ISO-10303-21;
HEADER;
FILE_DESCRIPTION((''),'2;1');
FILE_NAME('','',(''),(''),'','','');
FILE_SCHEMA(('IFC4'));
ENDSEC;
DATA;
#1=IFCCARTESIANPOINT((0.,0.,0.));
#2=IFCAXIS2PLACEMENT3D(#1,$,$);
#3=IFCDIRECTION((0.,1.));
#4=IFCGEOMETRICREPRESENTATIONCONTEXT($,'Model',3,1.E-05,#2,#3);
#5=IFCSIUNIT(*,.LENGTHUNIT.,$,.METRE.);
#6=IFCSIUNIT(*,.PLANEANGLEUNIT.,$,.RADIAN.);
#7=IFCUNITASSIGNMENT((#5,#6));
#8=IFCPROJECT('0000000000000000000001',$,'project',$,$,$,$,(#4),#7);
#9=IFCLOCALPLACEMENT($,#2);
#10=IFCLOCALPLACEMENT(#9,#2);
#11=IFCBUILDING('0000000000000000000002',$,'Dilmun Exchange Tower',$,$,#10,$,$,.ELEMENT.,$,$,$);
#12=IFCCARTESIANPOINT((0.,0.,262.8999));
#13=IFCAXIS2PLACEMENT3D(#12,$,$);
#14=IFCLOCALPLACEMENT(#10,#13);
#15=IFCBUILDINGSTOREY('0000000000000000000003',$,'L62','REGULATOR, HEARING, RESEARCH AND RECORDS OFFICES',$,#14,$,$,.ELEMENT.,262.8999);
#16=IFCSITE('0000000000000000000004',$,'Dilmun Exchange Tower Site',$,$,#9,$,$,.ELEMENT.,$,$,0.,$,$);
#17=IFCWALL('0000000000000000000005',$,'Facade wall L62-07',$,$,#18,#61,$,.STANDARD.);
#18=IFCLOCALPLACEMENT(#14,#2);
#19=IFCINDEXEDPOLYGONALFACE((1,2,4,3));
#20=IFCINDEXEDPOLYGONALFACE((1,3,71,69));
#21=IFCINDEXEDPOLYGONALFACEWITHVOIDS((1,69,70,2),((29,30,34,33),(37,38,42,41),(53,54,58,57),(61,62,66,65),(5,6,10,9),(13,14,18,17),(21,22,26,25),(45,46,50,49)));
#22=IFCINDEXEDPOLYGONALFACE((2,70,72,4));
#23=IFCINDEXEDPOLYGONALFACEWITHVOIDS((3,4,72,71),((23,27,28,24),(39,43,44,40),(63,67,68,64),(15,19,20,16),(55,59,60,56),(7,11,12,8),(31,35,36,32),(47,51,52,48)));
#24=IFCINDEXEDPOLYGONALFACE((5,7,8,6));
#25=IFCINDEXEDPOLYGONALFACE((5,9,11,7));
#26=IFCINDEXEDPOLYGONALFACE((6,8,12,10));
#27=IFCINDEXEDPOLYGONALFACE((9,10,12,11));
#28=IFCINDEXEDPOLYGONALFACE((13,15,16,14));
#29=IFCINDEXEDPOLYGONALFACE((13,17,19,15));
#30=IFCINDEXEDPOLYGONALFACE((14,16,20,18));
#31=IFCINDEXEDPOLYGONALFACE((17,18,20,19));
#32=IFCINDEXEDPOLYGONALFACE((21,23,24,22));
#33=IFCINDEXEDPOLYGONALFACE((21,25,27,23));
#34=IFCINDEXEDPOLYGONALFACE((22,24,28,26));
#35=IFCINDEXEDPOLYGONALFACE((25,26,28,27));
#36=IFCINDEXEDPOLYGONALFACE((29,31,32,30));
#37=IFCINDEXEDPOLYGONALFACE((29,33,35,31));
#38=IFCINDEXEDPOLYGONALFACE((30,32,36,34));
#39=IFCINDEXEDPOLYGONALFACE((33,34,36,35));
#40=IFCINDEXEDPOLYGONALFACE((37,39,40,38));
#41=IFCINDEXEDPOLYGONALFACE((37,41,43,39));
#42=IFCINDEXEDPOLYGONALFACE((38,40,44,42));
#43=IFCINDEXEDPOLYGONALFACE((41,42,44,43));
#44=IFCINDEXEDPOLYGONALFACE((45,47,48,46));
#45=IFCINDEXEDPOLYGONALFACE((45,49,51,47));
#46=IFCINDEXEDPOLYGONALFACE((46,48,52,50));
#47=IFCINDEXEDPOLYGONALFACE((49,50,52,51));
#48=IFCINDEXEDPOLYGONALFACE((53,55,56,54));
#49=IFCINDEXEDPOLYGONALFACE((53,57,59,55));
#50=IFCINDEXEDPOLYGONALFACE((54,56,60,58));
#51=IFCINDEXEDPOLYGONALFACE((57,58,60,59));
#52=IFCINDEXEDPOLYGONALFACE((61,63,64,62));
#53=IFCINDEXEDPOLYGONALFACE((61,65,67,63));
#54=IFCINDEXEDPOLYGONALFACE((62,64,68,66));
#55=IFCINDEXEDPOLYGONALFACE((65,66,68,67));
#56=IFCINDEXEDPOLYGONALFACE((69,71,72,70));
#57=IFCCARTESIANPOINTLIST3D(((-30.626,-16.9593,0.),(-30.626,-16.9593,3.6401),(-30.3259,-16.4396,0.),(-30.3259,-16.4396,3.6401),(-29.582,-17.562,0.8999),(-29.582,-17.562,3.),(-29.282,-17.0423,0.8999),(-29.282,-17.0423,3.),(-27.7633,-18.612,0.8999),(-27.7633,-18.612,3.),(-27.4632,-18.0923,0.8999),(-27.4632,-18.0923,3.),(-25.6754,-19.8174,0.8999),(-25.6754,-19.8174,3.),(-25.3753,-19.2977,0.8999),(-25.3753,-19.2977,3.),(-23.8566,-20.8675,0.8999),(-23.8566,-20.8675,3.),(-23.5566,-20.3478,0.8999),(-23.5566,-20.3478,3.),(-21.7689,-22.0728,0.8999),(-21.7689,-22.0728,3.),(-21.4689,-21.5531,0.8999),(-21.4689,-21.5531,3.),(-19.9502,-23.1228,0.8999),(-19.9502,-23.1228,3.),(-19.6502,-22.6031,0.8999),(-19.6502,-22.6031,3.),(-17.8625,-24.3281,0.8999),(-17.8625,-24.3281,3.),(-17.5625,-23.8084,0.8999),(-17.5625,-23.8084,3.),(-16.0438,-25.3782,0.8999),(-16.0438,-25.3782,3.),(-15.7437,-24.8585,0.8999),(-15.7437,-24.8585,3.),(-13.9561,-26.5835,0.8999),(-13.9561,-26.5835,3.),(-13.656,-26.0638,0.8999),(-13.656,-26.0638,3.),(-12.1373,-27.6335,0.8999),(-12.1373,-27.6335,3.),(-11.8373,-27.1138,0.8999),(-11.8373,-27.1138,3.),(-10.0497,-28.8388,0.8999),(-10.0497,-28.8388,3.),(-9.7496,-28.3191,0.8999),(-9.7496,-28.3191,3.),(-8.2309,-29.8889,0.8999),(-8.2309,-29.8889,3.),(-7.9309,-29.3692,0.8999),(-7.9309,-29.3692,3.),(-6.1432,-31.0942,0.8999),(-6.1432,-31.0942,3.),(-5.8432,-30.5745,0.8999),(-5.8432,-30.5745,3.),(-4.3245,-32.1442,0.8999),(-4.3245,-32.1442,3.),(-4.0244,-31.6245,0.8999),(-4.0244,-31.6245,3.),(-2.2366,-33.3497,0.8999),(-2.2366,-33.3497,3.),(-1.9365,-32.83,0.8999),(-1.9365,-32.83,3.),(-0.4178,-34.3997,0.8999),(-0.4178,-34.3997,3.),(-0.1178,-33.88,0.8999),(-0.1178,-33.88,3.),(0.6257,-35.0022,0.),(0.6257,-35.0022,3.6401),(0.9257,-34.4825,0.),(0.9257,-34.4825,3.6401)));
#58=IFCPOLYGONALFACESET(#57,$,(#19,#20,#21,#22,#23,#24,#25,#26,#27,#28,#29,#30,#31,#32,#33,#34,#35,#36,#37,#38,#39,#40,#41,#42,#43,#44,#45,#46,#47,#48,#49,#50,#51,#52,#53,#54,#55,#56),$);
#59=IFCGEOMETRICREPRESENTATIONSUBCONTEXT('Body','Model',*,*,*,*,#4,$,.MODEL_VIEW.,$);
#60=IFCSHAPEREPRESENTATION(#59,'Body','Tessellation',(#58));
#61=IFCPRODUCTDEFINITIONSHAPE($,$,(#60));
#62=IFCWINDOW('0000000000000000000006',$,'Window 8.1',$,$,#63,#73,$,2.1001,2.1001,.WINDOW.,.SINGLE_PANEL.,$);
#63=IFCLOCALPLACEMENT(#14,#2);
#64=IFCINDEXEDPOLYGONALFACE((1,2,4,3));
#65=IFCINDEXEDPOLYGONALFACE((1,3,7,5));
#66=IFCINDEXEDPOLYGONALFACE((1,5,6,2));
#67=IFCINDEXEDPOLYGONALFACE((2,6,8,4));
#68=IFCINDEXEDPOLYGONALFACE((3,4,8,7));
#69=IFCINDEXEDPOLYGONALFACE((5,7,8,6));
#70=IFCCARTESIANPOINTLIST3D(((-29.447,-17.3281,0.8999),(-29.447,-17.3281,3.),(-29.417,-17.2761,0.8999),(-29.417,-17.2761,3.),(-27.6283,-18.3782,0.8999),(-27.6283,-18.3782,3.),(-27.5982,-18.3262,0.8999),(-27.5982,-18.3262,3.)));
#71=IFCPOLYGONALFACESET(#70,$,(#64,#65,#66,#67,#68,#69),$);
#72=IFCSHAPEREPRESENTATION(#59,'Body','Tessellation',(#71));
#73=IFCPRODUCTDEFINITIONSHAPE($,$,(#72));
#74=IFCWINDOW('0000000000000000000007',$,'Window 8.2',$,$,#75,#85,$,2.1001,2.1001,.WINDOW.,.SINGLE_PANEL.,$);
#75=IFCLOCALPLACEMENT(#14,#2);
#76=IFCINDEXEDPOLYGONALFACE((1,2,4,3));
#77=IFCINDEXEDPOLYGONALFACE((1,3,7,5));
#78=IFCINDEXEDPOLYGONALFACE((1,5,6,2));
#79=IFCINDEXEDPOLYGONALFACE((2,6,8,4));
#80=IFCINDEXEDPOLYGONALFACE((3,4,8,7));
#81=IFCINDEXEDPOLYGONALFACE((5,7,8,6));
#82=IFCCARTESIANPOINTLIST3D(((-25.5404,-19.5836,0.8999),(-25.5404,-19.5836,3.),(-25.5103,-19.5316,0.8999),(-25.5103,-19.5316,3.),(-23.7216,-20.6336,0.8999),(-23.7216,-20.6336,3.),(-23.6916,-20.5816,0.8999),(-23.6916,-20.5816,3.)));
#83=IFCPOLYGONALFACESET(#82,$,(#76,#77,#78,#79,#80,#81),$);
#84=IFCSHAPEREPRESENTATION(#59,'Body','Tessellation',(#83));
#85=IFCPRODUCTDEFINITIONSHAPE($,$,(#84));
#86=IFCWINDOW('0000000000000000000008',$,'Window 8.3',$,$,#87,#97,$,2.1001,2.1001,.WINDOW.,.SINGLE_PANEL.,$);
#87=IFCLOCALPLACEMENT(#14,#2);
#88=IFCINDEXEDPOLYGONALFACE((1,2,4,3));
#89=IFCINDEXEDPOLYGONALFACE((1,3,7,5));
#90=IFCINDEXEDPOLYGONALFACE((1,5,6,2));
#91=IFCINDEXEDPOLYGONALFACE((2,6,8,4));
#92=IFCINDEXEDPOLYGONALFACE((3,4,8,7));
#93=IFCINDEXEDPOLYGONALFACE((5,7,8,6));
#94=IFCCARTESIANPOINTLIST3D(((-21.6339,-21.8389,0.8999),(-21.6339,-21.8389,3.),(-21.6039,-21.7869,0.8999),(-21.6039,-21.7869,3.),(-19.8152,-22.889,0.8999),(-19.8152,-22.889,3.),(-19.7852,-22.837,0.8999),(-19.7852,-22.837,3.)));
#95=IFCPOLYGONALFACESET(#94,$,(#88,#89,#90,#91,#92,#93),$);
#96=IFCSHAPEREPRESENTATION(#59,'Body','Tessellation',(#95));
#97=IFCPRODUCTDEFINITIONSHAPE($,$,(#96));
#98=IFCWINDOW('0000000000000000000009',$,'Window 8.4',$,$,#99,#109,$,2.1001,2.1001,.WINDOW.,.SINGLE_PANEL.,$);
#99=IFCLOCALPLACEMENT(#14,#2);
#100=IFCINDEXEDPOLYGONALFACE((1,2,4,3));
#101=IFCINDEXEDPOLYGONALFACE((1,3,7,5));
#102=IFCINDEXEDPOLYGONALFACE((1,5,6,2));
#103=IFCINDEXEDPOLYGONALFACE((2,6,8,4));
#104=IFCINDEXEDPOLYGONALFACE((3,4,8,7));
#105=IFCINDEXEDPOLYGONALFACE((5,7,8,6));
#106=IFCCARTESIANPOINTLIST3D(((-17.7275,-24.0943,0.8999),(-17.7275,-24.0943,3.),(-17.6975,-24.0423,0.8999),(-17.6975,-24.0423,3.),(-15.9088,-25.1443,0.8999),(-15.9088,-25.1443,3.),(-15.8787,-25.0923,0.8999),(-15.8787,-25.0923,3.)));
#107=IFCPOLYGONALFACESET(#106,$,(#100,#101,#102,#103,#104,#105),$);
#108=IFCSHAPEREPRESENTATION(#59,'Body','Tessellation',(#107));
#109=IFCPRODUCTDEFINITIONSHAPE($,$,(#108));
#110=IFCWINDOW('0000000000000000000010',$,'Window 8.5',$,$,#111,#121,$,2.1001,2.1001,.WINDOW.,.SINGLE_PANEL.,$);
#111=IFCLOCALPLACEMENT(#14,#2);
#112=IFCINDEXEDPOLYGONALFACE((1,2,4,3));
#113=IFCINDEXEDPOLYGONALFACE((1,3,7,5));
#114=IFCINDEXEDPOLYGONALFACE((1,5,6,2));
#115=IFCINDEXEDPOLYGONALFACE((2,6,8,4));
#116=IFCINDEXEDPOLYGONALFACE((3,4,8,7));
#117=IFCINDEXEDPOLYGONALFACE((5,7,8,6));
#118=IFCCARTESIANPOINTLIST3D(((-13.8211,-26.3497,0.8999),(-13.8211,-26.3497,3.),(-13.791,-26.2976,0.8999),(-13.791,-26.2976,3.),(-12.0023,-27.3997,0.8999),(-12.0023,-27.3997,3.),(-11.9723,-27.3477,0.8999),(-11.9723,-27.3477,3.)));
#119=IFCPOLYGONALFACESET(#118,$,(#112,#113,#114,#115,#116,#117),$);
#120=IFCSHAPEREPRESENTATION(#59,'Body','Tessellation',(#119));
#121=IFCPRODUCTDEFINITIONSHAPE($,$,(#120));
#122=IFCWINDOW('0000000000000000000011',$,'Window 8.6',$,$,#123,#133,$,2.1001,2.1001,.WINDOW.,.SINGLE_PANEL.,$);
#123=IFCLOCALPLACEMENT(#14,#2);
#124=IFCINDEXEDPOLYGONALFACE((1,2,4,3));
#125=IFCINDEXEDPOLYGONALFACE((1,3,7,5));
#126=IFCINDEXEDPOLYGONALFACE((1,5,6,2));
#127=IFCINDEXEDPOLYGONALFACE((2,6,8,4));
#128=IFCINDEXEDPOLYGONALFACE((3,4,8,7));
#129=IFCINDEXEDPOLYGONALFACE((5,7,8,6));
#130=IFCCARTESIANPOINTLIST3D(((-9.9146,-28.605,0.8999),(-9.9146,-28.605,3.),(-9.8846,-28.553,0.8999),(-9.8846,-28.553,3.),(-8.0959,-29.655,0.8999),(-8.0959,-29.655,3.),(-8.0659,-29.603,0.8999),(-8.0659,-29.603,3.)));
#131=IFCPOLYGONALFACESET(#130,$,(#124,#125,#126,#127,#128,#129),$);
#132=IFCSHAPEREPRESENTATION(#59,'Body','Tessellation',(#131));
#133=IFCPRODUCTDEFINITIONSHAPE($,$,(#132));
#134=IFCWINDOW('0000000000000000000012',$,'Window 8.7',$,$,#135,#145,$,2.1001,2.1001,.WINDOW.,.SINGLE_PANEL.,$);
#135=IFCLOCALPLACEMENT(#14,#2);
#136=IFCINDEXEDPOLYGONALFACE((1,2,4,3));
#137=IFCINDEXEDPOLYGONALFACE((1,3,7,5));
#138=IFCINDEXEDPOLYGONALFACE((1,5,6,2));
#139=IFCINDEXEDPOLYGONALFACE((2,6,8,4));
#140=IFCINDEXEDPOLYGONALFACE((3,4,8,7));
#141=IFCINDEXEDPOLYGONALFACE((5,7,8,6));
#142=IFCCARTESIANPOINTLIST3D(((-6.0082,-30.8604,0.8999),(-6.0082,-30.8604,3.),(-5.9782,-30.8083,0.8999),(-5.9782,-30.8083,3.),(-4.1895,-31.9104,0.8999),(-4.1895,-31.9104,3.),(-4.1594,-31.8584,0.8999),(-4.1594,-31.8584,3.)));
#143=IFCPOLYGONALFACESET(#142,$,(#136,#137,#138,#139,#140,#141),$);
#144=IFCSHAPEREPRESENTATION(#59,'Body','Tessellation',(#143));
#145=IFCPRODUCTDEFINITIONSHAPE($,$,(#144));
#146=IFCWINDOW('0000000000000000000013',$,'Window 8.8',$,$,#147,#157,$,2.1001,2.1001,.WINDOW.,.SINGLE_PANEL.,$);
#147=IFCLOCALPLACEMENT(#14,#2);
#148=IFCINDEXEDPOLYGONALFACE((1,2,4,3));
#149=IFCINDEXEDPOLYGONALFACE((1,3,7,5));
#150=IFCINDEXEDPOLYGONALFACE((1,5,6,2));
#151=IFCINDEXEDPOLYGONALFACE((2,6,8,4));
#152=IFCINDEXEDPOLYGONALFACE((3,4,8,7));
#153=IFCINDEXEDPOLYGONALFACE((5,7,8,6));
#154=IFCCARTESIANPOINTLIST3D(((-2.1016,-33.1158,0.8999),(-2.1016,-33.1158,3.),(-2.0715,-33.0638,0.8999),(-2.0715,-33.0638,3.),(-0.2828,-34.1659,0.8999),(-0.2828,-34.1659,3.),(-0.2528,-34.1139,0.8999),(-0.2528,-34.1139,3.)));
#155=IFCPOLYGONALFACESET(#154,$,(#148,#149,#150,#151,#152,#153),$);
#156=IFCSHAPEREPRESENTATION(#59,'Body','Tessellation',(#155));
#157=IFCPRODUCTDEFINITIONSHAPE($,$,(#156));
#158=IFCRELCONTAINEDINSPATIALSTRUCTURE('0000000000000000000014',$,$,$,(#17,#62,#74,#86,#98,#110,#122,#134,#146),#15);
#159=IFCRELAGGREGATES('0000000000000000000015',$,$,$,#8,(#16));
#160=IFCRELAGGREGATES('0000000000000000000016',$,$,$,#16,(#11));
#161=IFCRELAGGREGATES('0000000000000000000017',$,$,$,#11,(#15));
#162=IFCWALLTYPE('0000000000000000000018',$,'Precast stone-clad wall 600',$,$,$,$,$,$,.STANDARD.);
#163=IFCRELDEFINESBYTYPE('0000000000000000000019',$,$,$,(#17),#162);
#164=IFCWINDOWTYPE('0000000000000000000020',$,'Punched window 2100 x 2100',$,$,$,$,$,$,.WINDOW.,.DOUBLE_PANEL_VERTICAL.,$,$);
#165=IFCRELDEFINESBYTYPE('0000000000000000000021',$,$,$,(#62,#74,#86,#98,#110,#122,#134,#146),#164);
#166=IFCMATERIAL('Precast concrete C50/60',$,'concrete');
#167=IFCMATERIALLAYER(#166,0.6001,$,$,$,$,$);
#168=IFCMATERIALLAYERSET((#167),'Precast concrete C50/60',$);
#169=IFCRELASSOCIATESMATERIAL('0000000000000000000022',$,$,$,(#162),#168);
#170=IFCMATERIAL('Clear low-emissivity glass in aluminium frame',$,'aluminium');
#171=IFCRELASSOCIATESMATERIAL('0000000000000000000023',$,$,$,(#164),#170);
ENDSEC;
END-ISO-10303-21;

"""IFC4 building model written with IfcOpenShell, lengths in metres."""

from ifc_helpers import new_model, si_unit, direction, frame, frame_2d, origin, place, context, subcontext, project, spatial, rectangle, extrude, material, layer, layer_set, type_object, element, fill, save


model = new_model("IFC4")

# Units and contexts
model_context = context("Model", 3, precision=1e-05, world=origin(), true_north=direction((0.0, 1.0)))
body_context = subcontext(model_context, "Body", "Model", "MODEL_VIEW")
ifc_project = project(units=[si_unit("LENGTHUNIT", "METRE"), si_unit("PLANEANGLEUNIT", "RADIAN")], contexts=[model_context])

# Site, building, storey
site_placement = place(None, origin())
site = spatial("IfcSite", under=ifc_project, at=site_placement, Name="Dilmun Exchange Tower Site", CompositionType="ELEMENT", RefElevation=0.0)
building_placement = place(site_placement, origin())
building = spatial("IfcBuilding", under=site, at=building_placement, Name="Dilmun Exchange Tower", CompositionType="ELEMENT")
storey_placement = place(building_placement, frame((0.0, 0.0, 262.8999)))
storey = spatial("IfcBuildingStorey", under=building, at=storey_placement, Name="L62", Description="REGULATOR, HEARING, RESEARCH AND RECORDS OFFICES", CompositionType="ELEMENT", Elevation=262.8999)

# Shared definitions
ifc_material_1 = material(Name="Precast concrete C50/60", Category="concrete")
ifc_layer_1 = layer(ifc_material_1, 0.6001)
ifc_layer_set_1 = layer_set([ifc_layer_1], Name="Precast concrete C50/60")
wall_type_1 = type_object("IfcWallType", Name="Precast stone-clad wall 600", PredefinedType="STANDARD", material=ifc_layer_set_1)
ifc_material_2 = material(Name="Clear low-emissivity glass in aluminium frame", Category="aluminium")

# Wall, openings, windows
wall_1_placement = place(storey_placement, frame((-30.4758, -16.6995, 0.0), z_axis=(0.0, 0.0, 1.0), x_axis=(0.866028, -0.499996, 0.0)))
wall_1 = element("IfcWall", 1, at=wall_1_placement, inside=storey, type_object=wall_type_1, Name="Facade wall L62-07", PredefinedType="STANDARD", context=body_context, shape_type="SweptSolid", body=[
    extrude(rectangle(XDim=36.0862, YDim=0.6001, at=frame_2d((18.043, 0.0))), origin(), (0.0, 0.0, 1.0), 3.6401),
])
opening_1_placement = place(wall_1_placement, frame((1.2053, 0.0, 0.8999)))
opening_1 = element("IfcOpeningElement", 2, at=opening_1_placement, cuts=wall_1, PredefinedType="OPENING", context=body_context, shape_type="SweptSolid", body=[
    extrude(rectangle(XDim=2.1001, YDim=2.1001, at=frame_2d((1.05, 1.05))), frame((0.0, 0.3101, 0.0), z_axis=(0.0, -1.0, 0.0), x_axis=(1.0, 0.0, 0.0)), (0.0, 0.0, 1.0), 0.6201),
])
opening_2_placement = place(wall_1_placement, frame((5.7163, 0.0, 0.8999)))
opening_2 = element("IfcOpeningElement", 3, at=opening_2_placement, cuts=wall_1, PredefinedType="OPENING", context=body_context, shape_type="SweptSolid", body=[
    extrude(rectangle(XDim=2.1001, YDim=2.1001, at=frame_2d((1.05, 1.05))), frame((0.0, 0.3101, 0.0), z_axis=(0.0, -1.0, 0.0), x_axis=(1.0, 0.0, 0.0)), (0.0, 0.0, 1.0), 0.6201),
])
opening_3_placement = place(wall_1_placement, frame((10.2271, 0.0, 0.8999)))
opening_3 = element("IfcOpeningElement", 4, at=opening_3_placement, cuts=wall_1, PredefinedType="OPENING", context=body_context, shape_type="SweptSolid", body=[
    extrude(rectangle(XDim=2.1001, YDim=2.1001, at=frame_2d((1.05, 1.05))), frame((0.0, 0.3101, 0.0), z_axis=(0.0, -1.0, 0.0), x_axis=(1.0, 0.0, 0.0)), (0.0, 0.0, 1.0), 0.6201),
])
opening_4_placement = place(wall_1_placement, frame((14.7378, 0.0, 0.8999)))
opening_4 = element("IfcOpeningElement", 5, at=opening_4_placement, cuts=wall_1, PredefinedType="OPENING", context=body_context, shape_type="SweptSolid", body=[
    extrude(rectangle(XDim=2.1001, YDim=2.1001, at=frame_2d((1.05, 1.05))), frame((0.0, 0.3101, 0.0), z_axis=(0.0, -1.0, 0.0), x_axis=(1.0, 0.0, 0.0)), (0.0, 0.0, 1.0), 0.6201),
])
opening_5_placement = place(wall_1_placement, frame((19.2485, 0.0, 0.8999)))
opening_5 = element("IfcOpeningElement", 6, at=opening_5_placement, cuts=wall_1, PredefinedType="OPENING", context=body_context, shape_type="SweptSolid", body=[
    extrude(rectangle(XDim=2.1001, YDim=2.1001, at=frame_2d((1.05, 1.05))), frame((0.0, 0.3101, 0.0), z_axis=(0.0, -1.0, 0.0), x_axis=(1.0, 0.0, 0.0)), (0.0, 0.0, 1.0), 0.6201),
])
opening_6_placement = place(wall_1_placement, frame((23.7593, 0.0, 0.8999)))
opening_6 = element("IfcOpeningElement", 7, at=opening_6_placement, cuts=wall_1, PredefinedType="OPENING", context=body_context, shape_type="SweptSolid", body=[
    extrude(rectangle(XDim=2.1001, YDim=2.1001, at=frame_2d((1.05, 1.05))), frame((0.0, 0.3101, 0.0), z_axis=(0.0, -1.0, 0.0), x_axis=(1.0, 0.0, 0.0)), (0.0, 0.0, 1.0), 0.6201),
])
opening_7_placement = place(wall_1_placement, frame((28.27, 0.0, 0.8999)))
opening_7 = element("IfcOpeningElement", 8, at=opening_7_placement, cuts=wall_1, PredefinedType="OPENING", context=body_context, shape_type="SweptSolid", body=[
    extrude(rectangle(XDim=2.1001, YDim=2.1001, at=frame_2d((1.05, 1.05))), frame((0.0, 0.3101, 0.0), z_axis=(0.0, -1.0, 0.0), x_axis=(1.0, 0.0, 0.0)), (0.0, 0.0, 1.0), 0.6201),
])
opening_8_placement = place(wall_1_placement, frame((32.781, 0.0, 0.8999)))
opening_8 = element("IfcOpeningElement", 9, at=opening_8_placement, cuts=wall_1, PredefinedType="OPENING", context=body_context, shape_type="SweptSolid", body=[
    extrude(rectangle(XDim=2.1001, YDim=2.1001, at=frame_2d((1.05, 1.05))), frame((0.0, 0.3101, 0.0), z_axis=(0.0, -1.0, 0.0), x_axis=(1.0, 0.0, 0.0)), (0.0, 0.0, 1.0), 0.6201),
])
window_type_1 = type_object("IfcWindowType", Name="Punched window 2100 x 2100", PartitioningType="DOUBLE_PANEL_VERTICAL", PredefinedType="WINDOW", material=ifc_material_2)
window_1_placement = place(opening_1_placement, origin())
window_1 = element("IfcWindow", 10, at=window_1_placement, inside=storey, type_object=window_type_1, Name="Window 8.1", OverallHeight=2.1001, OverallWidth=2.1001, PartitioningType="SINGLE_PANEL", PredefinedType="WINDOW", context=body_context, shape_type="SweptSolid", body=[
    extrude(rectangle(XDim=2.1001, YDim=2.1001, at=frame_2d((1.05, 1.05))), frame((0.0, 0.03, 0.0), z_axis=(0.0, -1.0, 0.0), x_axis=(1.0, 0.0, 0.0)), (0.0, 0.0, 1.0), 0.0601),
])
fill(opening_1, window_1)
window_2_placement = place(opening_2_placement, origin())
window_2 = element("IfcWindow", 11, at=window_2_placement, inside=storey, type_object=window_type_1, Name="Window 8.2", OverallHeight=2.1001, OverallWidth=2.1001, PartitioningType="SINGLE_PANEL", PredefinedType="WINDOW", context=body_context, shape_type="SweptSolid", body=[
    extrude(rectangle(XDim=2.1001, YDim=2.1001, at=frame_2d((1.05, 1.05))), frame((0.0, 0.03, 0.0), z_axis=(0.0, -1.0, 0.0), x_axis=(1.0, 0.0, 0.0)), (0.0, 0.0, 1.0), 0.0601),
])
fill(opening_2, window_2)
window_3_placement = place(opening_3_placement, origin())
window_3 = element("IfcWindow", 12, at=window_3_placement, inside=storey, type_object=window_type_1, Name="Window 8.3", OverallHeight=2.1001, OverallWidth=2.1001, PartitioningType="SINGLE_PANEL", PredefinedType="WINDOW", context=body_context, shape_type="SweptSolid", body=[
    extrude(rectangle(XDim=2.1001, YDim=2.1001, at=frame_2d((1.05, 1.05))), frame((0.0, 0.03, 0.0), z_axis=(0.0, -1.0, 0.0), x_axis=(1.0, 0.0, 0.0)), (0.0, 0.0, 1.0), 0.0601),
])
fill(opening_3, window_3)
window_4_placement = place(opening_4_placement, origin())
window_4 = element("IfcWindow", 13, at=window_4_placement, inside=storey, type_object=window_type_1, Name="Window 8.4", OverallHeight=2.1001, OverallWidth=2.1001, PartitioningType="SINGLE_PANEL", PredefinedType="WINDOW", context=body_context, shape_type="SweptSolid", body=[
    extrude(rectangle(XDim=2.1001, YDim=2.1001, at=frame_2d((1.05, 1.05))), frame((0.0, 0.03, 0.0), z_axis=(0.0, -1.0, 0.0), x_axis=(1.0, 0.0, 0.0)), (0.0, 0.0, 1.0), 0.0601),
])
fill(opening_4, window_4)
window_5_placement = place(opening_5_placement, origin())
window_5 = element("IfcWindow", 14, at=window_5_placement, inside=storey, type_object=window_type_1, Name="Window 8.5", OverallHeight=2.1001, OverallWidth=2.1001, PartitioningType="SINGLE_PANEL", PredefinedType="WINDOW", context=body_context, shape_type="SweptSolid", body=[
    extrude(rectangle(XDim=2.1001, YDim=2.1001, at=frame_2d((1.05, 1.05))), frame((0.0, 0.03, 0.0), z_axis=(0.0, -1.0, 0.0), x_axis=(1.0, 0.0, 0.0)), (0.0, 0.0, 1.0), 0.0601),
])
fill(opening_5, window_5)
window_6_placement = place(opening_6_placement, origin())
window_6 = element("IfcWindow", 15, at=window_6_placement, inside=storey, type_object=window_type_1, Name="Window 8.6", OverallHeight=2.1001, OverallWidth=2.1001, PartitioningType="SINGLE_PANEL", PredefinedType="WINDOW", context=body_context, shape_type="SweptSolid", body=[
    extrude(rectangle(XDim=2.1001, YDim=2.1001, at=frame_2d((1.05, 1.05))), frame((0.0, 0.03, 0.0), z_axis=(0.0, -1.0, 0.0), x_axis=(1.0, 0.0, 0.0)), (0.0, 0.0, 1.0), 0.0601),
])
fill(opening_6, window_6)
window_7_placement = place(opening_7_placement, origin())
window_7 = element("IfcWindow", 16, at=window_7_placement, inside=storey, type_object=window_type_1, Name="Window 8.7", OverallHeight=2.1001, OverallWidth=2.1001, PartitioningType="SINGLE_PANEL", PredefinedType="WINDOW", context=body_context, shape_type="SweptSolid", body=[
    extrude(rectangle(XDim=2.1001, YDim=2.1001, at=frame_2d((1.05, 1.05))), frame((0.0, 0.03, 0.0), z_axis=(0.0, -1.0, 0.0), x_axis=(1.0, 0.0, 0.0)), (0.0, 0.0, 1.0), 0.0601),
])
fill(opening_7, window_7)
window_8_placement = place(opening_8_placement, origin())
window_8 = element("IfcWindow", 17, at=window_8_placement, inside=storey, type_object=window_type_1, Name="Window 8.8", OverallHeight=2.1001, OverallWidth=2.1001, PartitioningType="SINGLE_PANEL", PredefinedType="WINDOW", context=body_context, shape_type="SweptSolid", body=[
    extrude(rectangle(XDim=2.1001, YDim=2.1001, at=frame_2d((1.05, 1.05))), frame((0.0, 0.03, 0.0), z_axis=(0.0, -1.0, 0.0), x_axis=(1.0, 0.0, 0.0)), (0.0, 0.0, 1.0), 0.0601),
])
fill(opening_8, window_8)

save(model, "model.ifc")
